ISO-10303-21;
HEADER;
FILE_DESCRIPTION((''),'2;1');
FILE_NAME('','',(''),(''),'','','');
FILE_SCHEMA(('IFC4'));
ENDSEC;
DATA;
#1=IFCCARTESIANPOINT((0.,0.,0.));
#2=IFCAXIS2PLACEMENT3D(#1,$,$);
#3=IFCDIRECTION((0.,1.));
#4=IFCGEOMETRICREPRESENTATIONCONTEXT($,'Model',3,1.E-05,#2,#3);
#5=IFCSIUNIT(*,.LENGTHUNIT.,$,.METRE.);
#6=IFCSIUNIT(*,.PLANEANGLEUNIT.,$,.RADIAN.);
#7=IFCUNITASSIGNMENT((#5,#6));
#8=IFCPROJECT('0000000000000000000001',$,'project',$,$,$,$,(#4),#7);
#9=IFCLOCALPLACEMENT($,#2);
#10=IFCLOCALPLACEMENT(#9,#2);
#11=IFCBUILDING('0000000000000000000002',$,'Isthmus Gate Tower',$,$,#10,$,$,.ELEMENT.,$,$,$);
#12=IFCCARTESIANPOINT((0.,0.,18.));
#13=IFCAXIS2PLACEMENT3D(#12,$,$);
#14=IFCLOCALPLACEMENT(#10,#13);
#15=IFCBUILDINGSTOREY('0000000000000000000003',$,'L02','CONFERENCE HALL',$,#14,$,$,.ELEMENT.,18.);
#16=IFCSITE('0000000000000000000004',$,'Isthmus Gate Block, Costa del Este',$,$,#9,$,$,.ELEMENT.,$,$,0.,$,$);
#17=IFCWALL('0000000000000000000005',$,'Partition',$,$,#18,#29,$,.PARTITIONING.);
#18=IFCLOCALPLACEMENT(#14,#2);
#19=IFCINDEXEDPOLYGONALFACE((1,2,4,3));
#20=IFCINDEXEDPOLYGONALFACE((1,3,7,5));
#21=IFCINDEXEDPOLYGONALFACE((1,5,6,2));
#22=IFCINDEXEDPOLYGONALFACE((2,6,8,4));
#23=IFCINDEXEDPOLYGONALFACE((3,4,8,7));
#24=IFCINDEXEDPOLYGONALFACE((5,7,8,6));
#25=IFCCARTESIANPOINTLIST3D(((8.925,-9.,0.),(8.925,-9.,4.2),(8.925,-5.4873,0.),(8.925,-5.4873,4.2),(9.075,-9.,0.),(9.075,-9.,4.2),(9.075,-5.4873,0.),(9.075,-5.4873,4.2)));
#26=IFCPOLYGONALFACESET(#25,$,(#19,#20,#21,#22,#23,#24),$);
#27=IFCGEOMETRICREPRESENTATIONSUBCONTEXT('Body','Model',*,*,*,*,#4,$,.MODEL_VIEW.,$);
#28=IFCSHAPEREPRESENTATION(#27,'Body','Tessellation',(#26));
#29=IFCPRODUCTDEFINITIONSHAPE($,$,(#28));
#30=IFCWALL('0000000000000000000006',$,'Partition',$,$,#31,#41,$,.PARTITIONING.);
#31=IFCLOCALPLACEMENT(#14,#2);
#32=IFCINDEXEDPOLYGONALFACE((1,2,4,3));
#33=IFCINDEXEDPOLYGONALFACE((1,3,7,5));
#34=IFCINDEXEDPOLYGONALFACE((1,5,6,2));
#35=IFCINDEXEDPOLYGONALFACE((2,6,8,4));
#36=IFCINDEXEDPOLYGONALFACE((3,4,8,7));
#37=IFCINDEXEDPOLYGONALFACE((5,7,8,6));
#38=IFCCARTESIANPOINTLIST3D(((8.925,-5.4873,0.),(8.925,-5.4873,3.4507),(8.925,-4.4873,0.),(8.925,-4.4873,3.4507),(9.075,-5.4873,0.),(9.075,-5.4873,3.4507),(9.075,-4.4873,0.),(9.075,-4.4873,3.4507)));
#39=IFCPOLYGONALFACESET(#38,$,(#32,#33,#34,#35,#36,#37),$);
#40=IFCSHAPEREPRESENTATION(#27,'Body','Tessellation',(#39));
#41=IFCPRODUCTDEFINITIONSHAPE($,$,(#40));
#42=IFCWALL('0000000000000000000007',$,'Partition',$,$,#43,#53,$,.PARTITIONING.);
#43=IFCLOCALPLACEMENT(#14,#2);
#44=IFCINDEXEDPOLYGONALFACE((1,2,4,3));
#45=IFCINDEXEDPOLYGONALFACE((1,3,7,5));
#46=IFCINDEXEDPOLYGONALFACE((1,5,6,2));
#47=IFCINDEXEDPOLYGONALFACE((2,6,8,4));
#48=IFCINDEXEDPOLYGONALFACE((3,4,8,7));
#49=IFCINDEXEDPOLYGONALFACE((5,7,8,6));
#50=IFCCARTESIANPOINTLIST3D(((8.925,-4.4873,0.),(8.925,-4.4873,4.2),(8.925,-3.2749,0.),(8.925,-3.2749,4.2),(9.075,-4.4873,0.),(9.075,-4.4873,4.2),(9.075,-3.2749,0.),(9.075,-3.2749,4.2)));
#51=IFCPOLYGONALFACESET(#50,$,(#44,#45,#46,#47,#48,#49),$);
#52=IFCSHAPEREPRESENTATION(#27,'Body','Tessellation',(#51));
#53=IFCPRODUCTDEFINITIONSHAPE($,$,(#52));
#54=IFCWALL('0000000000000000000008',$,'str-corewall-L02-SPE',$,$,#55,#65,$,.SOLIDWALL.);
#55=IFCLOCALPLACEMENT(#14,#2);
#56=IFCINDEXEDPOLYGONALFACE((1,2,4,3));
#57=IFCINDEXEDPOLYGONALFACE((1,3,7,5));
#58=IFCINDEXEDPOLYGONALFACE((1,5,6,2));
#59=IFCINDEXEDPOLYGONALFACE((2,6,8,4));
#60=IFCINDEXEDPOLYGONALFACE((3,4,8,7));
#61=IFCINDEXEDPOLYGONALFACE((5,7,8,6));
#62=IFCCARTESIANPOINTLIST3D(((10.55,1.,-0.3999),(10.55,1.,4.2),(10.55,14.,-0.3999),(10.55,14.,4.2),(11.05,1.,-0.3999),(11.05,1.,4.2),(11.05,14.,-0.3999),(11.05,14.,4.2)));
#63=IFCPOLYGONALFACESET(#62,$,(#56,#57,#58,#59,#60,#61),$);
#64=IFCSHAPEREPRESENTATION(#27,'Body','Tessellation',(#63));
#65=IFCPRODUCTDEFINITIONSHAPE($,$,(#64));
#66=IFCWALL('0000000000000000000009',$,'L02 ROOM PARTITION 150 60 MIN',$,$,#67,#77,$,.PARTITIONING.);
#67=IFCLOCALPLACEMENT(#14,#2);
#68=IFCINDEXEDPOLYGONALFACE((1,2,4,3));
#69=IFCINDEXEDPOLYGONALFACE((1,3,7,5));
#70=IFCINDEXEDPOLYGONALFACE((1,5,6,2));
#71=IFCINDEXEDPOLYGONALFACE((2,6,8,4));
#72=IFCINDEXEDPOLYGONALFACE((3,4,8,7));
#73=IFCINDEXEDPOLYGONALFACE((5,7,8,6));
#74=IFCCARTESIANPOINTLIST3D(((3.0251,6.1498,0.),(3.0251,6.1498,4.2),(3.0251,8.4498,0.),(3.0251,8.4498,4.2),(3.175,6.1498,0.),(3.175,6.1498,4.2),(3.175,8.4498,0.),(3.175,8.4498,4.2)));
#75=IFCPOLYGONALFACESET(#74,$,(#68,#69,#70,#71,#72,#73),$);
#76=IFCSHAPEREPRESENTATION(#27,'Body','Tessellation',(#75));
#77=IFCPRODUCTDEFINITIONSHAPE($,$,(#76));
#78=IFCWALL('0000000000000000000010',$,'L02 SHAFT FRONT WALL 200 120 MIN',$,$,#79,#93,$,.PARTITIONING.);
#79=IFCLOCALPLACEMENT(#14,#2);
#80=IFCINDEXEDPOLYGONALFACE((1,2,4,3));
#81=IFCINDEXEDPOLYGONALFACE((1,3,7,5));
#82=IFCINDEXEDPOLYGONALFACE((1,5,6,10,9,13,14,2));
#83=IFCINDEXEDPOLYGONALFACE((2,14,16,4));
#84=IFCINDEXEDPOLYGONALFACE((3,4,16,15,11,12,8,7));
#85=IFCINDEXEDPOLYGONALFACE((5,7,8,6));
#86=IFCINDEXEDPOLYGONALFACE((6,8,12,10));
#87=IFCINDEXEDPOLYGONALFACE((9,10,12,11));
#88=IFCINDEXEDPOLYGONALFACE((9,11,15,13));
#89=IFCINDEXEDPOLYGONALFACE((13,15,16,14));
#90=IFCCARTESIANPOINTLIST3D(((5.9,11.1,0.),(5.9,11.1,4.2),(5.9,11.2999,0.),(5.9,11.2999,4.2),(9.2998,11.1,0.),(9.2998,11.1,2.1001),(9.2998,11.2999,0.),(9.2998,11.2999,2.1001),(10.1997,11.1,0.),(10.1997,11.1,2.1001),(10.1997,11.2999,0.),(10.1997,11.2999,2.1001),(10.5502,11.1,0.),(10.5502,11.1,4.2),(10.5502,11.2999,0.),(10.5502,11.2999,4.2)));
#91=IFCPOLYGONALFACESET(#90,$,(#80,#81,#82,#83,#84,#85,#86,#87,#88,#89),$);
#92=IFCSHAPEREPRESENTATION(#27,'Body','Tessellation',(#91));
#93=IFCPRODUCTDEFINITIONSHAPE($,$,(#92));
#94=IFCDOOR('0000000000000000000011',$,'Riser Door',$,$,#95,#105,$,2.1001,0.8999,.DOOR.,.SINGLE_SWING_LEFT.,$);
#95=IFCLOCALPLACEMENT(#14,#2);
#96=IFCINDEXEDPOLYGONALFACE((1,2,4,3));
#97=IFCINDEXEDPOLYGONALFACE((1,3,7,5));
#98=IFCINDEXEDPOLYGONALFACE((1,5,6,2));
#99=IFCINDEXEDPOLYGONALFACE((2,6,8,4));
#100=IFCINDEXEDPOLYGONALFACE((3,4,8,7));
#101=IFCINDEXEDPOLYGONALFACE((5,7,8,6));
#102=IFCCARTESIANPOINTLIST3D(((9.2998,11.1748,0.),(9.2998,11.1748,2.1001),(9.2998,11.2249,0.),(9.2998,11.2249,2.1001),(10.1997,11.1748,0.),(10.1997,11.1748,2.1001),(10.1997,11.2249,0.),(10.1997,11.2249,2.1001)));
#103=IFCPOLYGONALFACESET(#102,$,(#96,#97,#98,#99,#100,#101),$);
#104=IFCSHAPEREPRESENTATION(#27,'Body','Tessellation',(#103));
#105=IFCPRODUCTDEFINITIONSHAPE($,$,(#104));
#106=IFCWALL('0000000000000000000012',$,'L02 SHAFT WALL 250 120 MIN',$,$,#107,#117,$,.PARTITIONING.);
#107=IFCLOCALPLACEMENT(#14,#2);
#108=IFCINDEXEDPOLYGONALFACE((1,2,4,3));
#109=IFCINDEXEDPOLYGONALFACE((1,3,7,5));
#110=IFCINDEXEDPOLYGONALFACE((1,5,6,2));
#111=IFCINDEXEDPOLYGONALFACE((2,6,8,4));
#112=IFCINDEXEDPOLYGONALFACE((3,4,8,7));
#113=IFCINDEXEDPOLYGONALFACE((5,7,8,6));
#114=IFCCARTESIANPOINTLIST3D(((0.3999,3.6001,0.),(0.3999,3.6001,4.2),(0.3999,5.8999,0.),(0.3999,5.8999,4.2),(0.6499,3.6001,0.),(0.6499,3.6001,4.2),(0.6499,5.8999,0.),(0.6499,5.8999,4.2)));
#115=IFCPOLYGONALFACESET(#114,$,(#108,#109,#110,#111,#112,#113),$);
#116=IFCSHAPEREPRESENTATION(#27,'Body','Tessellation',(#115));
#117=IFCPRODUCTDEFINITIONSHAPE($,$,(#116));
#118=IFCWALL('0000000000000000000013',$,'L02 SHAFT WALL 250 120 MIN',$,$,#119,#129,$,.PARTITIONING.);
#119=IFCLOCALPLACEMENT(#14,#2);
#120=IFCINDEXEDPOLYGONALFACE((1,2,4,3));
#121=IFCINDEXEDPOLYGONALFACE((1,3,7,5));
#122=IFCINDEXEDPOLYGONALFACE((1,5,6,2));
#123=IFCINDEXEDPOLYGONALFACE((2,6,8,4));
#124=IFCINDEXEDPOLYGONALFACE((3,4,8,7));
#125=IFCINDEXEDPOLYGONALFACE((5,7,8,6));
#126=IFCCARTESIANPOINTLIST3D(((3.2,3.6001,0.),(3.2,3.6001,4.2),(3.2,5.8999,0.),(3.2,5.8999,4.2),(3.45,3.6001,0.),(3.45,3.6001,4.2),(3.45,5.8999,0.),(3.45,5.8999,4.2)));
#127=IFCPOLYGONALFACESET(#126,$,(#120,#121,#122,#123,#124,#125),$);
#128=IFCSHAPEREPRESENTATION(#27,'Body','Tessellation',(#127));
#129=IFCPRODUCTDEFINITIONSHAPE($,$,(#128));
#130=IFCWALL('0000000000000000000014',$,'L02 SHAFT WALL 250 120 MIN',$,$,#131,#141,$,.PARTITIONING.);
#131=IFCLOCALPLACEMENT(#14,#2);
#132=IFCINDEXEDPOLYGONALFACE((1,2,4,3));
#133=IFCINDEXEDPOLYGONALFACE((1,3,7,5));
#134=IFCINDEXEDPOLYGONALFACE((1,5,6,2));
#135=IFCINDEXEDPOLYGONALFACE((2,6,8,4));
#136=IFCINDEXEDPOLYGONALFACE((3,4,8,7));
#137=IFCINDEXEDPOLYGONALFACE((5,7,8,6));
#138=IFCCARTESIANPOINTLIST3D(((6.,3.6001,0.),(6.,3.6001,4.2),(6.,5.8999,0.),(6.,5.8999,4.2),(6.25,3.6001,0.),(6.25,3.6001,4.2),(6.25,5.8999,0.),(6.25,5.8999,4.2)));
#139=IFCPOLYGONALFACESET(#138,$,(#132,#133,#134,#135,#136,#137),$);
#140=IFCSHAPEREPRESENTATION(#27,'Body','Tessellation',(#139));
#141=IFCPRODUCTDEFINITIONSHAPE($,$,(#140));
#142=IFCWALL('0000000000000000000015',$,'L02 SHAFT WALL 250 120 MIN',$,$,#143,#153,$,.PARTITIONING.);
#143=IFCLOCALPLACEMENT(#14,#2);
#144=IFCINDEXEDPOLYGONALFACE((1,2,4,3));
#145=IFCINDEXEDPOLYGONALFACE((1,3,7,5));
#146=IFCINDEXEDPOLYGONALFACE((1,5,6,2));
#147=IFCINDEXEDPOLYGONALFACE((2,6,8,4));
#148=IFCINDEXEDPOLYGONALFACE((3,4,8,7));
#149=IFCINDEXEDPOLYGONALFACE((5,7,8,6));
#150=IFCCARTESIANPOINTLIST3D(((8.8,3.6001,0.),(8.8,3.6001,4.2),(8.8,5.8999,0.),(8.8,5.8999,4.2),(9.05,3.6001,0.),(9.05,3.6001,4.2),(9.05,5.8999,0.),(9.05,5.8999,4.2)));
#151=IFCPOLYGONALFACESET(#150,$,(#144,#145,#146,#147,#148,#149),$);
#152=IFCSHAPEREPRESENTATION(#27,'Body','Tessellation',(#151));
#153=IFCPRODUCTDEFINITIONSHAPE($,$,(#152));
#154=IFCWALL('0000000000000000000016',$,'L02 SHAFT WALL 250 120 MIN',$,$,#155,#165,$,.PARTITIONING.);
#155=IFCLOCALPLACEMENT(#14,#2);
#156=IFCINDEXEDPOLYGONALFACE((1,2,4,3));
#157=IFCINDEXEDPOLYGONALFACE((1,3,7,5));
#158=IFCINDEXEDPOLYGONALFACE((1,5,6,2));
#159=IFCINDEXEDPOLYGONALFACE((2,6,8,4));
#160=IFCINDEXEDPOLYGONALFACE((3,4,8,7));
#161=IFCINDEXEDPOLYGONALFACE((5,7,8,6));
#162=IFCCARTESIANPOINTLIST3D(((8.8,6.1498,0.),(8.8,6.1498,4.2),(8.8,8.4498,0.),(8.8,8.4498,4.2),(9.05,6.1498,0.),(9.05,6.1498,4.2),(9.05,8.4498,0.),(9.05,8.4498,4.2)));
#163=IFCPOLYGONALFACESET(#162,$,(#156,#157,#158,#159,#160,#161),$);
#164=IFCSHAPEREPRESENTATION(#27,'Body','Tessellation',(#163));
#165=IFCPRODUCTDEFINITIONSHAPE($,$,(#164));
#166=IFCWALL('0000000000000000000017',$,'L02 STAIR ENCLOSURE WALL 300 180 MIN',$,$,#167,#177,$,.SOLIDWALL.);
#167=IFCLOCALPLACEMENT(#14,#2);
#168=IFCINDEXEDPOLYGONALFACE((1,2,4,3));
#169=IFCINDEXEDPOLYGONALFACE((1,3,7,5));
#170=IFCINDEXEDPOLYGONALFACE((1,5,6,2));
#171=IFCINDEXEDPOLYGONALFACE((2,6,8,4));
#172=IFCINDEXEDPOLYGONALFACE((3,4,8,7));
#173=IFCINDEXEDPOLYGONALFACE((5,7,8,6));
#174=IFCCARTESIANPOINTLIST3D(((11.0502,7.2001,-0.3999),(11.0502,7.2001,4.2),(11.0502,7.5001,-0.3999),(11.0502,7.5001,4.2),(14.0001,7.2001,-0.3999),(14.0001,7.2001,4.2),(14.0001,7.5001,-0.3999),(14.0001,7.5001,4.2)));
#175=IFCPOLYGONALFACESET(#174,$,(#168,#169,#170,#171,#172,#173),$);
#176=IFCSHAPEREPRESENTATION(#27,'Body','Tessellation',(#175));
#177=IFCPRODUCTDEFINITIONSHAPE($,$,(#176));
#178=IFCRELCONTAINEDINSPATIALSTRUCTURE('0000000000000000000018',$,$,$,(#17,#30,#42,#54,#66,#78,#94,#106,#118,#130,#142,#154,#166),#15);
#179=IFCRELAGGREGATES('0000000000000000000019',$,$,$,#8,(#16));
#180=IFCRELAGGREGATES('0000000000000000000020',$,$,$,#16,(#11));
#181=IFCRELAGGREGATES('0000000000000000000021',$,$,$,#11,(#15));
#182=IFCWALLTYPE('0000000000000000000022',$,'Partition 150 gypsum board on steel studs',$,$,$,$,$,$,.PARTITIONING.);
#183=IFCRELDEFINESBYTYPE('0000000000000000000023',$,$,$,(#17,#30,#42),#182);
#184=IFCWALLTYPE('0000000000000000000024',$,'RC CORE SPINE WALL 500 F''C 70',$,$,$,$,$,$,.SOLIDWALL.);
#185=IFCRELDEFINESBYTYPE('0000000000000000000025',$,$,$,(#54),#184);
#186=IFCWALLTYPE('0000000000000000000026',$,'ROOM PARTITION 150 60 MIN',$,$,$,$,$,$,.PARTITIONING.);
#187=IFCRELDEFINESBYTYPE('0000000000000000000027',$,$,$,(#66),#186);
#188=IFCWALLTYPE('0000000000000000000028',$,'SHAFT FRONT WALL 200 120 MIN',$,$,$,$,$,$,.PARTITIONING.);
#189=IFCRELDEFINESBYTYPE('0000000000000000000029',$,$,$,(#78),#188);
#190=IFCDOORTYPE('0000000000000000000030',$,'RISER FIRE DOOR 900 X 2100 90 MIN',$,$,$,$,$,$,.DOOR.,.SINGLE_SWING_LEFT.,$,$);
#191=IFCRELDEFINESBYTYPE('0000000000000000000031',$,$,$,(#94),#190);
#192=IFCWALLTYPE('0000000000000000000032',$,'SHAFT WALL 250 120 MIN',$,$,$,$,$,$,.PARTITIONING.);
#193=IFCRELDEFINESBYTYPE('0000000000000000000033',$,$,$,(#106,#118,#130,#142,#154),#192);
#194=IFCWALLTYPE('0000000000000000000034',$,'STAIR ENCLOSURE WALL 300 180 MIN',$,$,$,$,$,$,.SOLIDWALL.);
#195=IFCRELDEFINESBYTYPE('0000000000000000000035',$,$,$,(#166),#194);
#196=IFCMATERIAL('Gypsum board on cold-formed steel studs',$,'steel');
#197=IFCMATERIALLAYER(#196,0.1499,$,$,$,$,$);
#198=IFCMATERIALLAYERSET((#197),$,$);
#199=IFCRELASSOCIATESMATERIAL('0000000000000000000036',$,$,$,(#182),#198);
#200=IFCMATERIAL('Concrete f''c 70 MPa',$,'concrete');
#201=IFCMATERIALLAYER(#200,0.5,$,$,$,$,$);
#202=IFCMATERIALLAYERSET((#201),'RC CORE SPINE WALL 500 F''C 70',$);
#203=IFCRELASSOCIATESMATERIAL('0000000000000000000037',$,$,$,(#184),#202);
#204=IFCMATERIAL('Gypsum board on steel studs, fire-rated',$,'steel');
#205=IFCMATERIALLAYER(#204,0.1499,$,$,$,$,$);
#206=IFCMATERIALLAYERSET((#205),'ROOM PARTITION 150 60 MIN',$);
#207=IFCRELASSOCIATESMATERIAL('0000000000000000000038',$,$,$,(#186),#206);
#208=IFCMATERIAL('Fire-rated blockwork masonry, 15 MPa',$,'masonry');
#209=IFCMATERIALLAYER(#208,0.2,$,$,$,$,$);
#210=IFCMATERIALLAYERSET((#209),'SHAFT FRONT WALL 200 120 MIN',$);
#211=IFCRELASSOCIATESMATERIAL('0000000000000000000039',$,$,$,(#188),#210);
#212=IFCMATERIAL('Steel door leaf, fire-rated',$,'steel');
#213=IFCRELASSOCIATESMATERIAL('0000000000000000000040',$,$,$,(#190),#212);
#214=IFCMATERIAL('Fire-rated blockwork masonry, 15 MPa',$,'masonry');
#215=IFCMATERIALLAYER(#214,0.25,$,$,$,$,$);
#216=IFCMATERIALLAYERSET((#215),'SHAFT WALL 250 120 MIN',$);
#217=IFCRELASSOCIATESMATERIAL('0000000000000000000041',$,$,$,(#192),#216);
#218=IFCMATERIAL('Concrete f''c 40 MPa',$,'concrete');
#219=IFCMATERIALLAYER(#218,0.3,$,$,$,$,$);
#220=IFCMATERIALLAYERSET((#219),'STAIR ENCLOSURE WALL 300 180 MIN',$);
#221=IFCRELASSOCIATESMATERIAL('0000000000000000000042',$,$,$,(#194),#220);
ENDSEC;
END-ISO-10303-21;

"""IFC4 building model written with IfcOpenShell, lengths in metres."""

from ifc_helpers import new_model, si_unit, direction, frame, frame_2d, origin, place, context, subcontext, project, spatial, rectangle, extrude, material, layer, layer_set, type_object, element, fill, save


model = new_model("IFC4")

# Units and contexts
model_context = context("Model", 3, precision=1e-05, world=origin(), true_north=direction((0.0, 1.0)))
body_context = subcontext(model_context, "Body", "Model", "MODEL_VIEW")
ifc_project = project(units=[si_unit("LENGTHUNIT", "METRE"), si_unit("PLANEANGLEUNIT", "RADIAN")], contexts=[model_context])

# Site, building, storey
site_placement = place(None, origin())
site = spatial("IfcSite", under=ifc_project, at=site_placement, Name="Isthmus Gate Block, Costa del Este", CompositionType="ELEMENT", RefElevation=0.0)
building_placement = place(site_placement, origin())
building = spatial("IfcBuilding", under=site, at=building_placement, Name="Isthmus Gate Tower", CompositionType="ELEMENT")
storey_placement = place(building_placement, frame((0.0, 0.0, 18.0)))
storey = spatial("IfcBuildingStorey", under=building, at=storey_placement, Name="L02", Description="CONFERENCE HALL", CompositionType="ELEMENT", Elevation=18.0)

# Shared definitions
ifc_material_1 = material(Name="Gypsum board on cold-formed steel studs", Category="steel")
ifc_layer_1 = layer(ifc_material_1, 0.1499)
ifc_layer_set_1 = layer_set([ifc_layer_1])
wall_type_1 = type_object("IfcWallType", Name="Partition 150 gypsum board on steel studs", PredefinedType="PARTITIONING", material=ifc_layer_set_1)

# Walls
wall_1_placement = place(storey_placement, frame((9.0, -9.0, 0.0), z_axis=(0.0, 0.0, 1.0), x_axis=(0.0, 1.0, 0.0)))
element("IfcWall", 1, at=wall_1_placement, inside=storey, type_object=wall_type_1, Name="Partition", PredefinedType="PARTITIONING", context=body_context, shape_type="SweptSolid", body=[
    extrude(rectangle(XDim=3.5127, YDim=0.1499, at=frame_2d((1.7563, 0.0))), origin(), (0.0, 0.0, 1.0), 4.2),
])
wall_2_placement = place(storey_placement, frame((9.0, -5.4873, 0.0), z_axis=(0.0, 0.0, 1.0), x_axis=(0.0, 1.0, 0.0)))
element("IfcWall", 2, at=wall_2_placement, inside=storey, type_object=wall_type_1, Name="Partition", PredefinedType="PARTITIONING", context=body_context, shape_type="SweptSolid", body=[
    extrude(rectangle(XDim=1.0, YDim=0.1499, at=frame_2d((0.5, 0.0))), origin(), (0.0, 0.0, 1.0), 3.4507),
])
wall_3_placement = place(storey_placement, frame((9.0, -4.4873, 0.0), z_axis=(0.0, 0.0, 1.0), x_axis=(0.0, 1.0, 0.0)))
element("IfcWall", 3, at=wall_3_placement, inside=storey, type_object=wall_type_1, Name="Partition", PredefinedType="PARTITIONING", context=body_context, shape_type="SweptSolid", body=[
    extrude(rectangle(XDim=1.2124, YDim=0.1499, at=frame_2d((0.6062, 0.0))), origin(), (0.0, 0.0, 1.0), 4.2),
])
ifc_material_2 = material(Name="Concrete f'c 70 MPa", Category="concrete")
ifc_layer_2 = layer(ifc_material_2, 0.5)
ifc_layer_set_2 = layer_set([ifc_layer_2], Name="RC CORE SPINE WALL 500 F'C 70")
wall_type_2 = type_object("IfcWallType", Name="RC CORE SPINE WALL 500 F'C 70", PredefinedType="SOLIDWALL", material=ifc_layer_set_2)
wall_4_placement = place(storey_placement, frame((10.8, 1.0, -0.3999), z_axis=(0.0, 0.0, 1.0), x_axis=(0.0, 1.0, 0.0)))
element("IfcWall", 4, at=wall_4_placement, inside=storey, type_object=wall_type_2, Name="str-corewall-L02-SPE", PredefinedType="SOLIDWALL", context=body_context, shape_type="SweptSolid", body=[
    extrude(rectangle(XDim=13.0, YDim=0.5, at=frame_2d((6.5, 0.0))), origin(), (0.0, 0.0, 1.0), 4.5999),
])
ifc_material_3 = material(Name="Gypsum board on steel studs, fire-rated", Category="steel")
ifc_layer_3 = layer(ifc_material_3, 0.1499)
ifc_layer_set_3 = layer_set([ifc_layer_3], Name="ROOM PARTITION 150 60 MIN")
wall_type_3 = type_object("IfcWallType", Name="ROOM PARTITION 150 60 MIN", PredefinedType="PARTITIONING", material=ifc_layer_set_3)
wall_5_placement = place(storey_placement, frame((3.1001, 6.1499, 0.0), z_axis=(0.0, 0.0, 1.0), x_axis=(0.0, 1.0, 0.0)))
element("IfcWall", 5, at=wall_5_placement, inside=storey, type_object=wall_type_3, Name="L02 ROOM PARTITION 150 60 MIN", PredefinedType="PARTITIONING", context=body_context, shape_type="SweptSolid", body=[
    extrude(rectangle(XDim=2.3, YDim=0.1499, at=frame_2d((1.1499, 0.0))), origin(), (0.0, 0.0, 1.0), 4.2),
])

# Wall, opening, door
ifc_material_4 = material(Name="Fire-rated blockwork masonry, 15 MPa", Category="masonry")
ifc_layer_4 = layer(ifc_material_4, 0.2)
ifc_layer_set_4 = layer_set([ifc_layer_4], Name="SHAFT FRONT WALL 200 120 MIN")
wall_type_4 = type_object("IfcWallType", Name="SHAFT FRONT WALL 200 120 MIN", PredefinedType="PARTITIONING", material=ifc_layer_set_4)
wall_6_placement = place(storey_placement, frame((5.8999, 11.2, 0.0), z_axis=(0.0, 0.0, 1.0), x_axis=(1.0, 0.0, 0.0)))
wall_6 = element("IfcWall", 6, at=wall_6_placement, inside=storey, type_object=wall_type_4, Name="L02 SHAFT FRONT WALL 200 120 MIN", PredefinedType="PARTITIONING", context=body_context, shape_type="SweptSolid", body=[
    extrude(rectangle(XDim=4.6501, YDim=0.2, at=frame_2d((2.3252, 0.0))), origin(), (0.0, 0.0, 1.0), 4.2),
])
opening_1_placement = place(wall_6_placement, frame((3.3999, 0.0, 0.0)))
opening_1 = element("IfcOpeningElement", 7, at=opening_1_placement, cuts=wall_6, PredefinedType="OPENING", context=body_context, shape_type="SweptSolid", body=[
    extrude(rectangle(XDim=0.8999, YDim=2.1001, at=frame_2d((0.45, 1.05))), frame((0.0, 0.1099, 0.0), z_axis=(0.0, -1.0, 0.0), x_axis=(1.0, 0.0, 0.0)), (0.0, 0.0, 1.0), 0.22),
])
ifc_material_5 = material(Name="Steel door leaf, fire-rated", Category="steel")
door_type_1 = type_object("IfcDoorType", Name="RISER FIRE DOOR 900 X 2100 90 MIN", OperationType="SINGLE_SWING_LEFT", PredefinedType="DOOR", material=ifc_material_5)
door_1_placement = place(opening_1_placement, origin())
door_1 = element("IfcDoor", 8, at=door_1_placement, inside=storey, type_object=door_type_1, Name="Riser Door", OperationType="SINGLE_SWING_LEFT", OverallHeight=2.1001, OverallWidth=0.8999, PredefinedType="DOOR", context=body_context, shape_type="SweptSolid", body=[
    extrude(rectangle(XDim=0.8999, YDim=2.1001, at=frame_2d((0.45, 1.05))), frame((0.0, 0.0249, 0.0), z_axis=(0.0, -1.0, 0.0), x_axis=(1.0, 0.0, 0.0)), (0.0, 0.0, 1.0), 0.05),
])
fill(opening_1, door_1)

# Walls
ifc_material_6 = material(Name="Fire-rated blockwork masonry, 15 MPa", Category="masonry")
ifc_layer_5 = layer(ifc_material_6, 0.25)
ifc_layer_set_5 = layer_set([ifc_layer_5], Name="SHAFT WALL 250 120 MIN")
wall_type_5 = type_object("IfcWallType", Name="SHAFT WALL 250 120 MIN", PredefinedType="PARTITIONING", material=ifc_layer_set_5)
for number, where, z_axis, x_axis, name in (
    (9, (0.5249, 3.6001, 0.0), (0.0, 0.0, 1.0), (0.0, 1.0, 0.0), "L02 SHAFT WALL 250 120 MIN"),
    (10, (3.325, 3.6001, 0.0), (0.0, 0.0, 1.0), (0.0, 1.0, 0.0), "L02 SHAFT WALL 250 120 MIN"),
    (11, (6.125, 3.6001, 0.0), (0.0, 0.0, 1.0), (0.0, 1.0, 0.0), "L02 SHAFT WALL 250 120 MIN"),
    (12, (8.925, 3.6001, 0.0), (0.0, 0.0, 1.0), (0.0, 1.0, 0.0), "L02 SHAFT WALL 250 120 MIN"),
):
    element("IfcWall", number, at=place(storey_placement, frame(where, z_axis=z_axis, x_axis=x_axis)), inside=storey, type_object=wall_type_5, Name=name, PredefinedType="PARTITIONING", context=body_context, shape_type="SweptSolid", body=[
        extrude(rectangle(XDim=2.2998, YDim=0.25, at=frame_2d((1.1499, 0.0))), origin(), (0.0, 0.0, 1.0), 4.2),
    ])
wall_7_placement = place(storey_placement, frame((8.925, 6.1499, 0.0), z_axis=(0.0, 0.0, 1.0), x_axis=(0.0, 1.0, 0.0)))
element("IfcWall", 13, at=wall_7_placement, inside=storey, type_object=wall_type_5, Name="L02 SHAFT WALL 250 120 MIN", PredefinedType="PARTITIONING", context=body_context, shape_type="SweptSolid", body=[
    extrude(rectangle(XDim=2.3, YDim=0.25, at=frame_2d((1.1499, 0.0))), origin(), (0.0, 0.0, 1.0), 4.2),
])
ifc_material_7 = material(Name="Concrete f'c 40 MPa", Category="concrete")
ifc_layer_6 = layer(ifc_material_7, 0.3)
ifc_layer_set_6 = layer_set([ifc_layer_6], Name="STAIR ENCLOSURE WALL 300 180 MIN")
wall_type_6 = type_object("IfcWallType", Name="STAIR ENCLOSURE WALL 300 180 MIN", PredefinedType="SOLIDWALL", material=ifc_layer_set_6)
wall_8_placement = place(storey_placement, frame((11.05, 7.3501, -0.3999), z_axis=(0.0, 0.0, 1.0), x_axis=(1.0, 0.0, 0.0)))
element("IfcWall", 14, at=wall_8_placement, inside=storey, type_object=wall_type_6, Name="L02 STAIR ENCLOSURE WALL 300 180 MIN", PredefinedType="SOLIDWALL", context=body_context, shape_type="SweptSolid", body=[
    extrude(rectangle(XDim=2.95, YDim=0.3, at=frame_2d((1.4751, 0.0))), origin(), (0.0, 0.0, 1.0), 4.5999),
])

save(model, "model.ifc")
